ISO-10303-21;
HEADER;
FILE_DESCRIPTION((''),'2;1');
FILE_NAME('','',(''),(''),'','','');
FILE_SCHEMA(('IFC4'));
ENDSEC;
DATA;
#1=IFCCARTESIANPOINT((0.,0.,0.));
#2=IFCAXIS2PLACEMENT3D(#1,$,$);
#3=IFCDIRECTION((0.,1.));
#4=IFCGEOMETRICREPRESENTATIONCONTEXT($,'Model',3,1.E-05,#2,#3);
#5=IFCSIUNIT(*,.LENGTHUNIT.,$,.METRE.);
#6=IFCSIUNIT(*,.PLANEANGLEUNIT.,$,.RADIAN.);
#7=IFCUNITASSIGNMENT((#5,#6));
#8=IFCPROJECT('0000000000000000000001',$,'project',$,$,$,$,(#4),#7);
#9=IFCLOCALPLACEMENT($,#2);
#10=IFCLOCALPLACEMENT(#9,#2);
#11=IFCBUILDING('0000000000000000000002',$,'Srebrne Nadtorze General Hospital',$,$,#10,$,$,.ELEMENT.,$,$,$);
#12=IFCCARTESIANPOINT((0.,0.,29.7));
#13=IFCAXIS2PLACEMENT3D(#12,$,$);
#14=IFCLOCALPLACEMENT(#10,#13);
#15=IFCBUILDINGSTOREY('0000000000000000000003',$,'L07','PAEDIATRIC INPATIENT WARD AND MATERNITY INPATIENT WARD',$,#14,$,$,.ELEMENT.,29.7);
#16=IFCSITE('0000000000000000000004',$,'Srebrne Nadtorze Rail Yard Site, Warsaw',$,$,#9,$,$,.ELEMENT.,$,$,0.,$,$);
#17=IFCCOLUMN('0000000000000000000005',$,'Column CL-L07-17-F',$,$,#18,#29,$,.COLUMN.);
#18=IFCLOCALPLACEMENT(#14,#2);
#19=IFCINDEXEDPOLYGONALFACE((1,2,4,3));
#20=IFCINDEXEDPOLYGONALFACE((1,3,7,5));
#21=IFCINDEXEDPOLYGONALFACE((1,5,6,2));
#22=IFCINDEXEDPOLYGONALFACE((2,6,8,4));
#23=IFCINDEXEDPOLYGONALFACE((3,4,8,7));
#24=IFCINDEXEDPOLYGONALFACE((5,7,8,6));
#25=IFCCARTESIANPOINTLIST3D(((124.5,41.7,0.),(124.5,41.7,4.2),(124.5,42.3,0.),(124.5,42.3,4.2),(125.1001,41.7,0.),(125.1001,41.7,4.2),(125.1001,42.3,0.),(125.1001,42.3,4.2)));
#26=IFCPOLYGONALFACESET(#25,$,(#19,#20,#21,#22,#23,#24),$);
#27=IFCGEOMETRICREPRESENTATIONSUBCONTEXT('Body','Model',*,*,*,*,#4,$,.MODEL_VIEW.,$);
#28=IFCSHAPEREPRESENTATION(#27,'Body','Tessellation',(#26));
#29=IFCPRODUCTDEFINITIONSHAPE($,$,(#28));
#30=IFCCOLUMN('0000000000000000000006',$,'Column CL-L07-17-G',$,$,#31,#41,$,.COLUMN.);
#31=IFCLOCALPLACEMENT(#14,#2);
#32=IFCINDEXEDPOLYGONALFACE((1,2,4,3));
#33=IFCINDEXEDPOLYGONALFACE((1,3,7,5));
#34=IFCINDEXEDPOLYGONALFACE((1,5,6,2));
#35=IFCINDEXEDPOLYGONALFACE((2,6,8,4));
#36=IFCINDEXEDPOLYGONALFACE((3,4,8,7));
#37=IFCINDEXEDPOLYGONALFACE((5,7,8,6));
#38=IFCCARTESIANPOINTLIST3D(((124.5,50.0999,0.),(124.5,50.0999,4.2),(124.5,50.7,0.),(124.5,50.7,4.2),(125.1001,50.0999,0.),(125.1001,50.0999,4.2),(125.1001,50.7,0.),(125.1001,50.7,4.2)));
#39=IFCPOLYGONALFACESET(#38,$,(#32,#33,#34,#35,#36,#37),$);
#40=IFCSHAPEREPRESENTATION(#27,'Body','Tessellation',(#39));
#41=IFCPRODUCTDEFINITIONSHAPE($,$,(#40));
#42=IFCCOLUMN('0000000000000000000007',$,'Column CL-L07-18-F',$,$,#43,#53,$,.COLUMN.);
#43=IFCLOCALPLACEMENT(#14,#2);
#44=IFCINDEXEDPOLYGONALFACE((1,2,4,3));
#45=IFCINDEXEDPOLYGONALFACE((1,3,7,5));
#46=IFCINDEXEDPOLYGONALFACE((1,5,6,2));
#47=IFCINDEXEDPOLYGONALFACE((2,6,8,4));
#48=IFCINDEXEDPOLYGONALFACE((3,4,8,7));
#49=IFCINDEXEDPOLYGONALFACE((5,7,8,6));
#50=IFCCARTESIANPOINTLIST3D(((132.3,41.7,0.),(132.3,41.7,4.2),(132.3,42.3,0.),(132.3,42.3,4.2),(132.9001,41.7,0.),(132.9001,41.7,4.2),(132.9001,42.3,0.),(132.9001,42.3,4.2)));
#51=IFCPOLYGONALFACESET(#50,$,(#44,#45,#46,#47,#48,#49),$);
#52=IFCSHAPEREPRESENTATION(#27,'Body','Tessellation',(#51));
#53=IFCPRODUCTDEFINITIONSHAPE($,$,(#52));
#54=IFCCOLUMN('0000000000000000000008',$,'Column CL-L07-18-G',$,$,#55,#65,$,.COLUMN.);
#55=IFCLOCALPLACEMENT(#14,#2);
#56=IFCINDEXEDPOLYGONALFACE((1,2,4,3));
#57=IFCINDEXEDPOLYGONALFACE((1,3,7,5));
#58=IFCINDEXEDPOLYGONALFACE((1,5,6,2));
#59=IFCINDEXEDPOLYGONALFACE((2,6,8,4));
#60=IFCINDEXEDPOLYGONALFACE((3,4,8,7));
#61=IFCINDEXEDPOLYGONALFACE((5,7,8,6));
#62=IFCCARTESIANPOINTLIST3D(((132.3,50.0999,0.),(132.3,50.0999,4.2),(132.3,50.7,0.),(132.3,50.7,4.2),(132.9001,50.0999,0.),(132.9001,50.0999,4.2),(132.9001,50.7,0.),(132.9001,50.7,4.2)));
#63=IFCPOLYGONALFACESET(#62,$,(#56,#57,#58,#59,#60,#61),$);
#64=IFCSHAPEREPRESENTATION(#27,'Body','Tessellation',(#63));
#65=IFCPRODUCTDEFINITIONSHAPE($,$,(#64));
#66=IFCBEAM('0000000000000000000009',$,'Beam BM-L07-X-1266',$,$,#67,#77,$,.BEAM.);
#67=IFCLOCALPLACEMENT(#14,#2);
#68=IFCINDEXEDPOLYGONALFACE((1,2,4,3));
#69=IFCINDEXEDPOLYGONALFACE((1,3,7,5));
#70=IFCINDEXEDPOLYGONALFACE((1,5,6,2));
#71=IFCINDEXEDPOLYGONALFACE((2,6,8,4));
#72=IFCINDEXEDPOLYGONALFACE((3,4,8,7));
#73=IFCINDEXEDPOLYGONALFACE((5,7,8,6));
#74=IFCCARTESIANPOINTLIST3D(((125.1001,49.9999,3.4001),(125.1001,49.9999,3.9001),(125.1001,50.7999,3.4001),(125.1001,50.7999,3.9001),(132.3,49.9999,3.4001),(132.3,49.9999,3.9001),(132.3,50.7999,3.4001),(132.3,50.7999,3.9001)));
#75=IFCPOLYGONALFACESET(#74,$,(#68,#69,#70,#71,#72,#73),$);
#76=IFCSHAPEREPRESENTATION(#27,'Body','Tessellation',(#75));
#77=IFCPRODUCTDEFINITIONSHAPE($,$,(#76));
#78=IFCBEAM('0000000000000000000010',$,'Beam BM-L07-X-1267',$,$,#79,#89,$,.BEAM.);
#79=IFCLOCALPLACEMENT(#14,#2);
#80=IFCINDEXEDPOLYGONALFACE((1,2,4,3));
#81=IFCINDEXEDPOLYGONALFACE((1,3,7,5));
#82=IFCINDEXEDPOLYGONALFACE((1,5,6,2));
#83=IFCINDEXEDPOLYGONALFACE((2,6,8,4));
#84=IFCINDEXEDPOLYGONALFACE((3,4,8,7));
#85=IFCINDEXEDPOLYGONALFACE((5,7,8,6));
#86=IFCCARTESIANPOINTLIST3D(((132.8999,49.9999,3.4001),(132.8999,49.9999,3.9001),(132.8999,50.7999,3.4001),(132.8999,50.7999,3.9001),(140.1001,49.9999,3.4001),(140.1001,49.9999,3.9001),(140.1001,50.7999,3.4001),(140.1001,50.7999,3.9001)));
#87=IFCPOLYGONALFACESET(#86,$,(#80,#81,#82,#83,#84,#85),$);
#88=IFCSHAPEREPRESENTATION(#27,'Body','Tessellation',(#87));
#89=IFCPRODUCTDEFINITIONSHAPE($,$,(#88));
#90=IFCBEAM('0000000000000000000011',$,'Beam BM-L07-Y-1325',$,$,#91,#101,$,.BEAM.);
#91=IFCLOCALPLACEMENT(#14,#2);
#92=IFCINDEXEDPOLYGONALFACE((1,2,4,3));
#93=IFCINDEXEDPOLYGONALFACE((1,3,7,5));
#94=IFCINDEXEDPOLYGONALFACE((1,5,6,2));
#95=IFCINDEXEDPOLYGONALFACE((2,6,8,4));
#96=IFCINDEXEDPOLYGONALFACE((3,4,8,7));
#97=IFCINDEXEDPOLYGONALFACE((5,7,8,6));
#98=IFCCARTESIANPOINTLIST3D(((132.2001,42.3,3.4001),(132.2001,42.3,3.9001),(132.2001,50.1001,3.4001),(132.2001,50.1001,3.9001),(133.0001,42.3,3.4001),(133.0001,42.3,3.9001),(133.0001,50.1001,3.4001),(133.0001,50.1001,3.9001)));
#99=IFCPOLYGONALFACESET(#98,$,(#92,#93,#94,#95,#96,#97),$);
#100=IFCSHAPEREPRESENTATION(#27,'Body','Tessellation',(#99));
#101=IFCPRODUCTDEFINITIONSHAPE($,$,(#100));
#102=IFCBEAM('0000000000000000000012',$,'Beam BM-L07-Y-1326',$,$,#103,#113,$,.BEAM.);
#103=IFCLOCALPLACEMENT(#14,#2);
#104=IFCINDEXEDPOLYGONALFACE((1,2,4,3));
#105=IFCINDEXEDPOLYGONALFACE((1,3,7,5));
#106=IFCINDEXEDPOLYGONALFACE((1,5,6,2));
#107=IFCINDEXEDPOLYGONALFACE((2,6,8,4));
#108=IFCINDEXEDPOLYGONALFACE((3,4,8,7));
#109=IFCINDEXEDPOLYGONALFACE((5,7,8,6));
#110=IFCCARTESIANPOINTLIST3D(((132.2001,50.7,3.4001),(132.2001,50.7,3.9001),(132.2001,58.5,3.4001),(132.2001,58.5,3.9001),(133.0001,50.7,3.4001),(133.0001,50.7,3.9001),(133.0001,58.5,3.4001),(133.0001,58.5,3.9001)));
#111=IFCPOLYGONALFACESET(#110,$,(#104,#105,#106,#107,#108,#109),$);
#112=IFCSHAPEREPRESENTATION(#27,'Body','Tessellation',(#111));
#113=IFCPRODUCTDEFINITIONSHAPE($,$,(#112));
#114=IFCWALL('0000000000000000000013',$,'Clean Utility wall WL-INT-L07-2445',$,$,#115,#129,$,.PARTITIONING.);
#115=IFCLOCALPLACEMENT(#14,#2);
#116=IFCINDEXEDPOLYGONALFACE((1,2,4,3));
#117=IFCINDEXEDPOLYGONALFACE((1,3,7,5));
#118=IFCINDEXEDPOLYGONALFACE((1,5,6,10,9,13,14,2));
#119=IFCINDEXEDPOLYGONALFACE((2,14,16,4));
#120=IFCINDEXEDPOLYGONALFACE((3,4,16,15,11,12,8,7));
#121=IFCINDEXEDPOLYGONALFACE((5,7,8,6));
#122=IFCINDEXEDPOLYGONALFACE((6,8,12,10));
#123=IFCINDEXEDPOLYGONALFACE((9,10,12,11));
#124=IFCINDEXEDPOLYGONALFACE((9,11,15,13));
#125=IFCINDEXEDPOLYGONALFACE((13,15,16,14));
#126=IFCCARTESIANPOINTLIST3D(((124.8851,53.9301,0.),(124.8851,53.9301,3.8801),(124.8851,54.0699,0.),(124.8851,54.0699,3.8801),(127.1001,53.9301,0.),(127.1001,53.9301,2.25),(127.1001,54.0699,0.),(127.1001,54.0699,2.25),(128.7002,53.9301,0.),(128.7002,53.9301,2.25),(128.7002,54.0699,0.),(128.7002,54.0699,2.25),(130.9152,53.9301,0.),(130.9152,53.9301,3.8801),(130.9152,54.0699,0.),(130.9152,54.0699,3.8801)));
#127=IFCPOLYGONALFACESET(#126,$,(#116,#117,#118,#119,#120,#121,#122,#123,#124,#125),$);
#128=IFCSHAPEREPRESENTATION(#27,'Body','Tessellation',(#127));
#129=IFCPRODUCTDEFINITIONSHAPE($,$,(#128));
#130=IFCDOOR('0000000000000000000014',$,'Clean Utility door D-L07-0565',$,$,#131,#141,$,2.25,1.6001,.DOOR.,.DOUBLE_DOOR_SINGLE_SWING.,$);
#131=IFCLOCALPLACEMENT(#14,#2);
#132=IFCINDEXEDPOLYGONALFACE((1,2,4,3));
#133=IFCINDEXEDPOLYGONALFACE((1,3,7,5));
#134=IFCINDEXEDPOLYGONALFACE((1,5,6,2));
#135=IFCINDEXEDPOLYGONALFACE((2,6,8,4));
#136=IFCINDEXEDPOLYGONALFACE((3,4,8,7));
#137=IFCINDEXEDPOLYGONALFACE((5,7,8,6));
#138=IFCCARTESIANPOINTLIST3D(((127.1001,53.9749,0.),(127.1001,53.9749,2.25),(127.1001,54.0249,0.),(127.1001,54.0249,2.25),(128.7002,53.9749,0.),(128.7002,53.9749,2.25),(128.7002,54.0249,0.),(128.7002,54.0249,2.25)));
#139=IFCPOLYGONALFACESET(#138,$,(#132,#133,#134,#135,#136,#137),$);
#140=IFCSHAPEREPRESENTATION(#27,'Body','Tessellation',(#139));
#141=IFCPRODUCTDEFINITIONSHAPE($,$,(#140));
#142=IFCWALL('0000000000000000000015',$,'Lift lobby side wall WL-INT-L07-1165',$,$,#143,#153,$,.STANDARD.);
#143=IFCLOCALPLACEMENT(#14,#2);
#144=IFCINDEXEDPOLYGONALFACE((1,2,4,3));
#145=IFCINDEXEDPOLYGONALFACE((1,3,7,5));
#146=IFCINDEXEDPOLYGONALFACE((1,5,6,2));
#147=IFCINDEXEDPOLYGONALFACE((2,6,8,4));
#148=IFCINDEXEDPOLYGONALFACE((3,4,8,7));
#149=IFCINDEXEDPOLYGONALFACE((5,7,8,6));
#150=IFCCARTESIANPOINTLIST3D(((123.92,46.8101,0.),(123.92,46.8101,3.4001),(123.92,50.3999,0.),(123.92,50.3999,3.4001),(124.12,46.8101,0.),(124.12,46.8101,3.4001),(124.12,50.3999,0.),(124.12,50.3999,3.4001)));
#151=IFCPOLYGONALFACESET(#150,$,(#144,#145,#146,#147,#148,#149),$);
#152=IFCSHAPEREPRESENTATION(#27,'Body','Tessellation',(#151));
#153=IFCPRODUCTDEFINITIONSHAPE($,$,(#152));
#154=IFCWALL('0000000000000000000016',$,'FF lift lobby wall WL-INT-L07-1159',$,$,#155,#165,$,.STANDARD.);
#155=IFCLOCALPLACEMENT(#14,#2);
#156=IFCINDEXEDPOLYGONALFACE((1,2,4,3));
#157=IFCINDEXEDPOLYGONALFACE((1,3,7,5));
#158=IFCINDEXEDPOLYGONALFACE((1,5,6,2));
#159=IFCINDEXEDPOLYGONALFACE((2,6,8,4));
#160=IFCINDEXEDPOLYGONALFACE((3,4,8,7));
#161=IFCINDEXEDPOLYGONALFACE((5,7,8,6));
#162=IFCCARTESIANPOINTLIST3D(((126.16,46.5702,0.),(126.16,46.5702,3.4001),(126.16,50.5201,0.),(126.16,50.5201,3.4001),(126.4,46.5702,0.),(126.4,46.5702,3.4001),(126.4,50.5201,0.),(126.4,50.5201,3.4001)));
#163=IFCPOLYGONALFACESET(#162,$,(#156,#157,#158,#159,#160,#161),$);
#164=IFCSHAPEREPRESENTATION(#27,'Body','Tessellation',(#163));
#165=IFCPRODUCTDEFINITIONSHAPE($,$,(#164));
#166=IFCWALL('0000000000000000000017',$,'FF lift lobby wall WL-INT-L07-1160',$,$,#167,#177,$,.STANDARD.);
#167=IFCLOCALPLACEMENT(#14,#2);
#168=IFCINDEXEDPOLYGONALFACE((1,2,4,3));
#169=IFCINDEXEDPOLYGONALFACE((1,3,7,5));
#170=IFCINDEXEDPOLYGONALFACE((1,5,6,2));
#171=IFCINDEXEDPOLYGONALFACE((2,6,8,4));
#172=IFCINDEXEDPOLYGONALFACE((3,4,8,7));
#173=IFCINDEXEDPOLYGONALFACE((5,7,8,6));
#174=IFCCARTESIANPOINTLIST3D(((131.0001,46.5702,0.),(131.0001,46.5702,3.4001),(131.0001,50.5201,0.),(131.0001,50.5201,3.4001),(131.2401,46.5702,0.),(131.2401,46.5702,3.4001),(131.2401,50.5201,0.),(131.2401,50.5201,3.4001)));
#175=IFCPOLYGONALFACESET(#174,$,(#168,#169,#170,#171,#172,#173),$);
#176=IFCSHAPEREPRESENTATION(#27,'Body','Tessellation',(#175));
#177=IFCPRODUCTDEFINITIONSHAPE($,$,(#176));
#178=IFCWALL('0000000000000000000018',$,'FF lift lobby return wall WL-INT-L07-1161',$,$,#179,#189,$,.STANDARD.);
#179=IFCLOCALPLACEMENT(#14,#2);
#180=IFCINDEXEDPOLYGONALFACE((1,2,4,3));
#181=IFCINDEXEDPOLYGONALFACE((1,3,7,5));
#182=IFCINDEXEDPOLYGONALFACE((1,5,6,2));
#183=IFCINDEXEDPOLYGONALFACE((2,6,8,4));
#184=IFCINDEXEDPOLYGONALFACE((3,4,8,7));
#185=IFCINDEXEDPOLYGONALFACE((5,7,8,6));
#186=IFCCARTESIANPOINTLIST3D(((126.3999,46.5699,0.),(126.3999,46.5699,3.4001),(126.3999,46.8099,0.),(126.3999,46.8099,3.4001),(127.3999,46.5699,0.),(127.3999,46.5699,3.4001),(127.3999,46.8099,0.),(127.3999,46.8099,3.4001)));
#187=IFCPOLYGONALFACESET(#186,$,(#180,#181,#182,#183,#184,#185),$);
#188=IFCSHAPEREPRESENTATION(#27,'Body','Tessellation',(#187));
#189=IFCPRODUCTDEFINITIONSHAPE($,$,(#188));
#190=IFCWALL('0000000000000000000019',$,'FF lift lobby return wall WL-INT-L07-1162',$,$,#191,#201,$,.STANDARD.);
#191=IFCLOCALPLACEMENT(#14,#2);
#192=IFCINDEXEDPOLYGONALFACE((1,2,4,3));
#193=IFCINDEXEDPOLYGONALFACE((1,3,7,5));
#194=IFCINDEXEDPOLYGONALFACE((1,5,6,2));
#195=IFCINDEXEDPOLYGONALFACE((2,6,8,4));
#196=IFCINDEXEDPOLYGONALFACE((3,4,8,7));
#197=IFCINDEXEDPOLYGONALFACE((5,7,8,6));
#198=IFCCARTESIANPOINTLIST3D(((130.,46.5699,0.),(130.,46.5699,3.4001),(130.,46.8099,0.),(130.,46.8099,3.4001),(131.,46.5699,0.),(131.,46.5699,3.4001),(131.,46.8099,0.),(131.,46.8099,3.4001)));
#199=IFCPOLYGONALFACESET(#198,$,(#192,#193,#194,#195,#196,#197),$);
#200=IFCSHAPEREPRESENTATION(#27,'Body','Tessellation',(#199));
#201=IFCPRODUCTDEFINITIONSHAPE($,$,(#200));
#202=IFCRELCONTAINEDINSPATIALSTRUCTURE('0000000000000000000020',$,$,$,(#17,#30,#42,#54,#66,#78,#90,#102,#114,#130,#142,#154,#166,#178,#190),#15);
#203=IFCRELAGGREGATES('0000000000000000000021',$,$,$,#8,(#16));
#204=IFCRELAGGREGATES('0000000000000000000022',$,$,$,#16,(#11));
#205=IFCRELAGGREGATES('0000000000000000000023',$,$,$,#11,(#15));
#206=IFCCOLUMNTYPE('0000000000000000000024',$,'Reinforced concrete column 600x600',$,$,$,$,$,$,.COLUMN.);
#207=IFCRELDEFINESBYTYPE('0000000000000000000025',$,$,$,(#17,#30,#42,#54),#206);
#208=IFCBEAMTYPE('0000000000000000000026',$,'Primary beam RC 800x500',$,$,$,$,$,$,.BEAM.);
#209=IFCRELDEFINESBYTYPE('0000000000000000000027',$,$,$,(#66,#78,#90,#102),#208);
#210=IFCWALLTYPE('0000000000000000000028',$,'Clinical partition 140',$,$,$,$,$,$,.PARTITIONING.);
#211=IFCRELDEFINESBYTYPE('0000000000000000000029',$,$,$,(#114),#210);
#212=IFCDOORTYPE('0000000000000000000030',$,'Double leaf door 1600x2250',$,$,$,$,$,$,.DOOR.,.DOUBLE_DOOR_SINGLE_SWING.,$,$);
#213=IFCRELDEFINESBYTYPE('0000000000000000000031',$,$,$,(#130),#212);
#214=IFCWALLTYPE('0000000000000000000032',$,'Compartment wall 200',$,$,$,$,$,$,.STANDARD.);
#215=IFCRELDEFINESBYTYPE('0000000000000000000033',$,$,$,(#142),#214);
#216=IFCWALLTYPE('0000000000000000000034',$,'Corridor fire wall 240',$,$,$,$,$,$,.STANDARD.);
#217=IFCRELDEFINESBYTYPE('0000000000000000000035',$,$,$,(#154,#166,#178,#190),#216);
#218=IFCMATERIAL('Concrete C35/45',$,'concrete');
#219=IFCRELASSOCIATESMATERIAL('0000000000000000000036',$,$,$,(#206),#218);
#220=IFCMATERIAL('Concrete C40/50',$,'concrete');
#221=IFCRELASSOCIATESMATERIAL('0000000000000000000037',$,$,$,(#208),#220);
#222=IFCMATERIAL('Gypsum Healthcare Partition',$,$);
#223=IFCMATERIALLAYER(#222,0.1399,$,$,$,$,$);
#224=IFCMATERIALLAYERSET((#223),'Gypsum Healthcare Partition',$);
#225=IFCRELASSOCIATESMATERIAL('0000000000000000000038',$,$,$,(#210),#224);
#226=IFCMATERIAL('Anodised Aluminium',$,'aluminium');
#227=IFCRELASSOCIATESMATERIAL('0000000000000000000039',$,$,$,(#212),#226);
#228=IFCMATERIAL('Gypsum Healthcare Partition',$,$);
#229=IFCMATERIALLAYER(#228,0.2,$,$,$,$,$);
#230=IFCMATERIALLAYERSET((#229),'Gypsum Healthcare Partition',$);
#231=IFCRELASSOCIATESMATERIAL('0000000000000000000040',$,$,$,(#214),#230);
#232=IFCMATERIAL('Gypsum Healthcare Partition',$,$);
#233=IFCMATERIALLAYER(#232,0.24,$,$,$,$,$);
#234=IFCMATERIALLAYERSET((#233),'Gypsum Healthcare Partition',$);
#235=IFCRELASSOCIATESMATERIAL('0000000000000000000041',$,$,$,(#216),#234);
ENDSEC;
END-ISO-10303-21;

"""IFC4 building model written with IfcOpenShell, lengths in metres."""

from ifc_helpers import new_model, si_unit, direction, frame, frame_2d, origin, origin_2d, place, context, subcontext, project, spatial, rectangle, extrude, material, layer, layer_set, material_profile, profile_set, type_object, element, fill, save


model = new_model("IFC4")

# Units and contexts
model_context = context("Model", 3, precision=1e-05, world=origin(), true_north=direction((0.0, 1.0)))
body_context = subcontext(model_context, "Body", "Model", "MODEL_VIEW")
ifc_project = project(units=[si_unit("LENGTHUNIT", "METRE"), si_unit("PLANEANGLEUNIT", "RADIAN")], contexts=[model_context])

# Site, building, storey
site_placement = place(None, origin())
site = spatial("IfcSite", under=ifc_project, at=site_placement, Name="Srebrne Nadtorze Rail Yard Site, Warsaw", CompositionType="ELEMENT", RefElevation=0.0)
building_placement = place(site_placement, origin())
building = spatial("IfcBuilding", under=site, at=building_placement, Name="Srebrne Nadtorze General Hospital", CompositionType="ELEMENT")
storey_placement = place(building_placement, frame((0.0, 0.0, 29.7)))
storey = spatial("IfcBuildingStorey", under=building, at=storey_placement, Name="L07", Description="PAEDIATRIC INPATIENT WARD AND MATERNITY INPATIENT WARD", CompositionType="ELEMENT", Elevation=29.7)

# Columns
ifc_material_1 = material(Name="Concrete C35/45", Category="concrete")
ifc_material_profile_1 = material_profile(ifc_material_1, rectangle(XDim=0.6001, YDim=0.6001, at=origin_2d()), Name="RC-COL-600x600")
ifc_profile_set_1 = profile_set([ifc_material_profile_1], Name="Concrete C35/45")
column_type = type_object("IfcColumnType", Name="Reinforced concrete column 600x600", PredefinedType="COLUMN", material=ifc_profile_set_1)
for number, where, z_axis, x_axis, name in (
    (1, (124.8, 42.0, 0.0), (0.0, 0.0, 1.0), (1.0, 0.0, 0.0), "Column CL-L07-17-F"),
    (2, (124.8, 50.3999, 0.0), (0.0, 0.0, 1.0), (1.0, 0.0, 0.0), "Column CL-L07-17-G"),
    (3, (132.6001, 42.0, 0.0), (0.0, 0.0, 1.0), (1.0, 0.0, 0.0), "Column CL-L07-18-F"),
    (4, (132.6001, 50.3999, 0.0), (0.0, 0.0, 1.0), (1.0, 0.0, 0.0), "Column CL-L07-18-G"),
):
    element("IfcColumn", number, at=place(storey_placement, frame(where, z_axis=z_axis, x_axis=x_axis)), inside=storey, type_object=column_type, Name=name, PredefinedType="COLUMN", context=body_context, shape_type="SweptSolid", body=[
        extrude(rectangle(XDim=0.6001, YDim=0.6001, at=origin_2d()), origin(), (0.0, 0.0, 1.0), 4.2),
    ])

# Beams
ifc_material_2 = material(Name="Concrete C40/50", Category="concrete")
ifc_material_profile_2 = material_profile(ifc_material_2, rectangle(XDim=0.8, YDim=0.5, at=origin_2d()), Name="RC-BM-800x500")
ifc_profile_set_2 = profile_set([ifc_material_profile_2], Name="Concrete C40/50")
beam_type = type_object("IfcBeamType", Name="Primary beam RC 800x500", PredefinedType="BEAM", material=ifc_profile_set_2)
beam_1_placement = place(storey_placement, frame((125.1001, 50.3999, 3.6501), z_axis=(1.0, 0.0, 0.0), x_axis=(0.0, 1.0, 0.0)))
element("IfcBeam", 5, at=beam_1_placement, inside=storey, type_object=beam_type, Name="Beam BM-L07-X-1266", PredefinedType="BEAM", context=body_context, shape_type="SweptSolid", body=[
    extrude(rectangle(XDim=0.8, YDim=0.5, at=origin_2d()), origin(), (0.0, 0.0, 1.0), 7.2),
])
beam_2_placement = place(storey_placement, frame((132.8999, 50.3999, 3.6501), z_axis=(1.0, 0.0, 0.0), x_axis=(0.0, 1.0, 0.0)))
element("IfcBeam", 6, at=beam_2_placement, inside=storey, type_object=beam_type, Name="Beam BM-L07-X-1267", PredefinedType="BEAM", context=body_context, shape_type="SweptSolid", body=[
    extrude(rectangle(XDim=0.8, YDim=0.5, at=origin_2d()), origin(), (0.0, 0.0, 1.0), 7.2002),
])
for number, where, z_axis, x_axis, name in (
    (7, (132.6001, 42.3, 3.6501), (0.0, 1.0, 0.0), (-1.0, 0.0, 0.0), "Beam BM-L07-Y-1325"),
    (8, (132.6001, 50.7, 3.6501), (0.0, 1.0, 0.0), (-1.0, 0.0, 0.0), "Beam BM-L07-Y-1326"),
):
    element("IfcBeam", number, at=place(storey_placement, frame(where, z_axis=z_axis, x_axis=x_axis)), inside=storey, type_object=beam_type, Name=name, PredefinedType="BEAM", context=body_context, shape_type="SweptSolid", body=[
        extrude(rectangle(XDim=0.8, YDim=0.5, at=origin_2d()), origin(), (0.0, 0.0, 1.0), 7.8),
    ])

# Wall, opening, door
ifc_material_3 = material(Name="Gypsum Healthcare Partition")
ifc_layer_1 = layer(ifc_material_3, 0.1399)
ifc_layer_set_1 = layer_set([ifc_layer_1], Name="Gypsum Healthcare Partition")
wall_type_1 = type_object("IfcWallType", Name="Clinical partition 140", PredefinedType="PARTITIONING", material=ifc_layer_set_1)
wall_1_placement = place(storey_placement, frame((124.885, 54.0, 0.0), z_axis=(0.0, 0.0, 1.0), x_axis=(1.0, 0.0, 0.0)))
wall_1 = element("IfcWall", 9, at=wall_1_placement, inside=storey, type_object=wall_type_1, Name="Clean Utility wall WL-INT-L07-2445", PredefinedType="PARTITIONING", context=body_context, shape_type="SweptSolid", body=[
    extrude(rectangle(XDim=6.03, YDim=0.1399, at=frame_2d((3.0151, 0.0))), origin(), (0.0, 0.0, 1.0), 3.8801),
])
opening_1_placement = place(wall_1_placement, frame((2.2151, 0.0, 0.0)))
opening_1 = element("IfcOpeningElement", 10, at=opening_1_placement, cuts=wall_1, PredefinedType="OPENING", context=body_context, shape_type="SweptSolid", body=[
    extrude(rectangle(XDim=1.6001, YDim=2.25, at=frame_2d((0.8, 1.125))), frame((0.0, 0.082, 0.0), z_axis=(0.0, -1.0, 0.0), x_axis=(1.0, 0.0, 0.0)), (0.0, 0.0, 1.0), 0.1638),
])
ifc_material_4 = material(Name="Anodised Aluminium", Category="aluminium")
door_type_1 = type_object("IfcDoorType", Name="Double leaf door 1600x2250", OperationType="DOUBLE_DOOR_SINGLE_SWING", PredefinedType="DOOR", material=ifc_material_4)
door_1_placement = place(opening_1_placement, origin())
door_1 = element("IfcDoor", 11, at=door_1_placement, inside=storey, type_object=door_type_1, Name="Clean Utility door D-L07-0565", OperationType="DOUBLE_DOOR_SINGLE_SWING", OverallHeight=2.25, OverallWidth=1.6001, PredefinedType="DOOR", context=body_context, shape_type="SweptSolid", body=[
    extrude(rectangle(XDim=1.6001, YDim=2.25, at=frame_2d((0.8, 1.125))), frame((0.0, 0.0249, 0.0), z_axis=(0.0, -1.0, 0.0), x_axis=(1.0, 0.0, 0.0)), (0.0, 0.0, 1.0), 0.05),
])
fill(opening_1, door_1)

# Walls
ifc_material_5 = material(Name="Gypsum Healthcare Partition")
ifc_layer_2 = layer(ifc_material_5, 0.2)
ifc_layer_set_2 = layer_set([ifc_layer_2], Name="Gypsum Healthcare Partition")
wall_type_2 = type_object("IfcWallType", Name="Compartment wall 200", PredefinedType="STANDARD", material=ifc_layer_set_2)
wall_2_placement = place(storey_placement, frame((124.02, 46.8101, 0.0), z_axis=(0.0, 0.0, 1.0), x_axis=(0.0, 1.0, 0.0)))
element("IfcWall", 12, at=wall_2_placement, inside=storey, type_object=wall_type_2, Name="Lift lobby side wall WL-INT-L07-1165", PredefinedType="STANDARD", context=body_context, shape_type="SweptSolid", body=[
    extrude(rectangle(XDim=3.5898, YDim=0.2, at=frame_2d((1.7949, 0.0))), origin(), (0.0, 0.0, 1.0), 3.4001),
])
ifc_material_6 = material(Name="Gypsum Healthcare Partition")
ifc_layer_3 = layer(ifc_material_6, 0.24)
ifc_layer_set_3 = layer_set([ifc_layer_3], Name="Gypsum Healthcare Partition")
wall_type_3 = type_object("IfcWallType", Name="Corridor fire wall 240", PredefinedType="STANDARD", material=ifc_layer_set_3)
for number, where, z_axis, x_axis, name in (
    (13, (126.28, 46.5701, 0.0), (0.0, 0.0, 1.0), (0.0, 1.0, 0.0), "FF lift lobby wall WL-INT-L07-1159"),
    (14, (131.1201, 46.5701, 0.0), (0.0, 0.0, 1.0), (0.0, 1.0, 0.0), "FF lift lobby wall WL-INT-L07-1160"),
):
    element("IfcWall", number, at=place(storey_placement, frame(where, z_axis=z_axis, x_axis=x_axis)), inside=storey, type_object=wall_type_3, Name=name, PredefinedType="STANDARD", context=body_context, shape_type="SweptSolid", body=[
        extrude(rectangle(XDim=3.95, YDim=0.24, at=frame_2d((1.9751, 0.0))), origin(), (0.0, 0.0, 1.0), 3.4001),
    ])
for number, where, z_axis, x_axis, name in (
    (15, (126.3999, 46.6899, 0.0), (0.0, 0.0, 1.0), (1.0, 0.0, 0.0), "FF lift lobby return wall WL-INT-L07-1161"),
    (16, (130.0, 46.6899, 0.0), (0.0, 0.0, 1.0), (1.0, 0.0, 0.0), "FF lift lobby return wall WL-INT-L07-1162"),
):
    element("IfcWall", number, at=place(storey_placement, frame(where, z_axis=z_axis, x_axis=x_axis)), inside=storey, type_object=wall_type_3, Name=name, PredefinedType="STANDARD", context=body_context, shape_type="SweptSolid", body=[
        extrude(rectangle(XDim=1.0, YDim=0.24, at=frame_2d((0.5, 0.0))), origin(), (0.0, 0.0, 1.0), 3.4001),
    ])

save(model, "model.ifc")
